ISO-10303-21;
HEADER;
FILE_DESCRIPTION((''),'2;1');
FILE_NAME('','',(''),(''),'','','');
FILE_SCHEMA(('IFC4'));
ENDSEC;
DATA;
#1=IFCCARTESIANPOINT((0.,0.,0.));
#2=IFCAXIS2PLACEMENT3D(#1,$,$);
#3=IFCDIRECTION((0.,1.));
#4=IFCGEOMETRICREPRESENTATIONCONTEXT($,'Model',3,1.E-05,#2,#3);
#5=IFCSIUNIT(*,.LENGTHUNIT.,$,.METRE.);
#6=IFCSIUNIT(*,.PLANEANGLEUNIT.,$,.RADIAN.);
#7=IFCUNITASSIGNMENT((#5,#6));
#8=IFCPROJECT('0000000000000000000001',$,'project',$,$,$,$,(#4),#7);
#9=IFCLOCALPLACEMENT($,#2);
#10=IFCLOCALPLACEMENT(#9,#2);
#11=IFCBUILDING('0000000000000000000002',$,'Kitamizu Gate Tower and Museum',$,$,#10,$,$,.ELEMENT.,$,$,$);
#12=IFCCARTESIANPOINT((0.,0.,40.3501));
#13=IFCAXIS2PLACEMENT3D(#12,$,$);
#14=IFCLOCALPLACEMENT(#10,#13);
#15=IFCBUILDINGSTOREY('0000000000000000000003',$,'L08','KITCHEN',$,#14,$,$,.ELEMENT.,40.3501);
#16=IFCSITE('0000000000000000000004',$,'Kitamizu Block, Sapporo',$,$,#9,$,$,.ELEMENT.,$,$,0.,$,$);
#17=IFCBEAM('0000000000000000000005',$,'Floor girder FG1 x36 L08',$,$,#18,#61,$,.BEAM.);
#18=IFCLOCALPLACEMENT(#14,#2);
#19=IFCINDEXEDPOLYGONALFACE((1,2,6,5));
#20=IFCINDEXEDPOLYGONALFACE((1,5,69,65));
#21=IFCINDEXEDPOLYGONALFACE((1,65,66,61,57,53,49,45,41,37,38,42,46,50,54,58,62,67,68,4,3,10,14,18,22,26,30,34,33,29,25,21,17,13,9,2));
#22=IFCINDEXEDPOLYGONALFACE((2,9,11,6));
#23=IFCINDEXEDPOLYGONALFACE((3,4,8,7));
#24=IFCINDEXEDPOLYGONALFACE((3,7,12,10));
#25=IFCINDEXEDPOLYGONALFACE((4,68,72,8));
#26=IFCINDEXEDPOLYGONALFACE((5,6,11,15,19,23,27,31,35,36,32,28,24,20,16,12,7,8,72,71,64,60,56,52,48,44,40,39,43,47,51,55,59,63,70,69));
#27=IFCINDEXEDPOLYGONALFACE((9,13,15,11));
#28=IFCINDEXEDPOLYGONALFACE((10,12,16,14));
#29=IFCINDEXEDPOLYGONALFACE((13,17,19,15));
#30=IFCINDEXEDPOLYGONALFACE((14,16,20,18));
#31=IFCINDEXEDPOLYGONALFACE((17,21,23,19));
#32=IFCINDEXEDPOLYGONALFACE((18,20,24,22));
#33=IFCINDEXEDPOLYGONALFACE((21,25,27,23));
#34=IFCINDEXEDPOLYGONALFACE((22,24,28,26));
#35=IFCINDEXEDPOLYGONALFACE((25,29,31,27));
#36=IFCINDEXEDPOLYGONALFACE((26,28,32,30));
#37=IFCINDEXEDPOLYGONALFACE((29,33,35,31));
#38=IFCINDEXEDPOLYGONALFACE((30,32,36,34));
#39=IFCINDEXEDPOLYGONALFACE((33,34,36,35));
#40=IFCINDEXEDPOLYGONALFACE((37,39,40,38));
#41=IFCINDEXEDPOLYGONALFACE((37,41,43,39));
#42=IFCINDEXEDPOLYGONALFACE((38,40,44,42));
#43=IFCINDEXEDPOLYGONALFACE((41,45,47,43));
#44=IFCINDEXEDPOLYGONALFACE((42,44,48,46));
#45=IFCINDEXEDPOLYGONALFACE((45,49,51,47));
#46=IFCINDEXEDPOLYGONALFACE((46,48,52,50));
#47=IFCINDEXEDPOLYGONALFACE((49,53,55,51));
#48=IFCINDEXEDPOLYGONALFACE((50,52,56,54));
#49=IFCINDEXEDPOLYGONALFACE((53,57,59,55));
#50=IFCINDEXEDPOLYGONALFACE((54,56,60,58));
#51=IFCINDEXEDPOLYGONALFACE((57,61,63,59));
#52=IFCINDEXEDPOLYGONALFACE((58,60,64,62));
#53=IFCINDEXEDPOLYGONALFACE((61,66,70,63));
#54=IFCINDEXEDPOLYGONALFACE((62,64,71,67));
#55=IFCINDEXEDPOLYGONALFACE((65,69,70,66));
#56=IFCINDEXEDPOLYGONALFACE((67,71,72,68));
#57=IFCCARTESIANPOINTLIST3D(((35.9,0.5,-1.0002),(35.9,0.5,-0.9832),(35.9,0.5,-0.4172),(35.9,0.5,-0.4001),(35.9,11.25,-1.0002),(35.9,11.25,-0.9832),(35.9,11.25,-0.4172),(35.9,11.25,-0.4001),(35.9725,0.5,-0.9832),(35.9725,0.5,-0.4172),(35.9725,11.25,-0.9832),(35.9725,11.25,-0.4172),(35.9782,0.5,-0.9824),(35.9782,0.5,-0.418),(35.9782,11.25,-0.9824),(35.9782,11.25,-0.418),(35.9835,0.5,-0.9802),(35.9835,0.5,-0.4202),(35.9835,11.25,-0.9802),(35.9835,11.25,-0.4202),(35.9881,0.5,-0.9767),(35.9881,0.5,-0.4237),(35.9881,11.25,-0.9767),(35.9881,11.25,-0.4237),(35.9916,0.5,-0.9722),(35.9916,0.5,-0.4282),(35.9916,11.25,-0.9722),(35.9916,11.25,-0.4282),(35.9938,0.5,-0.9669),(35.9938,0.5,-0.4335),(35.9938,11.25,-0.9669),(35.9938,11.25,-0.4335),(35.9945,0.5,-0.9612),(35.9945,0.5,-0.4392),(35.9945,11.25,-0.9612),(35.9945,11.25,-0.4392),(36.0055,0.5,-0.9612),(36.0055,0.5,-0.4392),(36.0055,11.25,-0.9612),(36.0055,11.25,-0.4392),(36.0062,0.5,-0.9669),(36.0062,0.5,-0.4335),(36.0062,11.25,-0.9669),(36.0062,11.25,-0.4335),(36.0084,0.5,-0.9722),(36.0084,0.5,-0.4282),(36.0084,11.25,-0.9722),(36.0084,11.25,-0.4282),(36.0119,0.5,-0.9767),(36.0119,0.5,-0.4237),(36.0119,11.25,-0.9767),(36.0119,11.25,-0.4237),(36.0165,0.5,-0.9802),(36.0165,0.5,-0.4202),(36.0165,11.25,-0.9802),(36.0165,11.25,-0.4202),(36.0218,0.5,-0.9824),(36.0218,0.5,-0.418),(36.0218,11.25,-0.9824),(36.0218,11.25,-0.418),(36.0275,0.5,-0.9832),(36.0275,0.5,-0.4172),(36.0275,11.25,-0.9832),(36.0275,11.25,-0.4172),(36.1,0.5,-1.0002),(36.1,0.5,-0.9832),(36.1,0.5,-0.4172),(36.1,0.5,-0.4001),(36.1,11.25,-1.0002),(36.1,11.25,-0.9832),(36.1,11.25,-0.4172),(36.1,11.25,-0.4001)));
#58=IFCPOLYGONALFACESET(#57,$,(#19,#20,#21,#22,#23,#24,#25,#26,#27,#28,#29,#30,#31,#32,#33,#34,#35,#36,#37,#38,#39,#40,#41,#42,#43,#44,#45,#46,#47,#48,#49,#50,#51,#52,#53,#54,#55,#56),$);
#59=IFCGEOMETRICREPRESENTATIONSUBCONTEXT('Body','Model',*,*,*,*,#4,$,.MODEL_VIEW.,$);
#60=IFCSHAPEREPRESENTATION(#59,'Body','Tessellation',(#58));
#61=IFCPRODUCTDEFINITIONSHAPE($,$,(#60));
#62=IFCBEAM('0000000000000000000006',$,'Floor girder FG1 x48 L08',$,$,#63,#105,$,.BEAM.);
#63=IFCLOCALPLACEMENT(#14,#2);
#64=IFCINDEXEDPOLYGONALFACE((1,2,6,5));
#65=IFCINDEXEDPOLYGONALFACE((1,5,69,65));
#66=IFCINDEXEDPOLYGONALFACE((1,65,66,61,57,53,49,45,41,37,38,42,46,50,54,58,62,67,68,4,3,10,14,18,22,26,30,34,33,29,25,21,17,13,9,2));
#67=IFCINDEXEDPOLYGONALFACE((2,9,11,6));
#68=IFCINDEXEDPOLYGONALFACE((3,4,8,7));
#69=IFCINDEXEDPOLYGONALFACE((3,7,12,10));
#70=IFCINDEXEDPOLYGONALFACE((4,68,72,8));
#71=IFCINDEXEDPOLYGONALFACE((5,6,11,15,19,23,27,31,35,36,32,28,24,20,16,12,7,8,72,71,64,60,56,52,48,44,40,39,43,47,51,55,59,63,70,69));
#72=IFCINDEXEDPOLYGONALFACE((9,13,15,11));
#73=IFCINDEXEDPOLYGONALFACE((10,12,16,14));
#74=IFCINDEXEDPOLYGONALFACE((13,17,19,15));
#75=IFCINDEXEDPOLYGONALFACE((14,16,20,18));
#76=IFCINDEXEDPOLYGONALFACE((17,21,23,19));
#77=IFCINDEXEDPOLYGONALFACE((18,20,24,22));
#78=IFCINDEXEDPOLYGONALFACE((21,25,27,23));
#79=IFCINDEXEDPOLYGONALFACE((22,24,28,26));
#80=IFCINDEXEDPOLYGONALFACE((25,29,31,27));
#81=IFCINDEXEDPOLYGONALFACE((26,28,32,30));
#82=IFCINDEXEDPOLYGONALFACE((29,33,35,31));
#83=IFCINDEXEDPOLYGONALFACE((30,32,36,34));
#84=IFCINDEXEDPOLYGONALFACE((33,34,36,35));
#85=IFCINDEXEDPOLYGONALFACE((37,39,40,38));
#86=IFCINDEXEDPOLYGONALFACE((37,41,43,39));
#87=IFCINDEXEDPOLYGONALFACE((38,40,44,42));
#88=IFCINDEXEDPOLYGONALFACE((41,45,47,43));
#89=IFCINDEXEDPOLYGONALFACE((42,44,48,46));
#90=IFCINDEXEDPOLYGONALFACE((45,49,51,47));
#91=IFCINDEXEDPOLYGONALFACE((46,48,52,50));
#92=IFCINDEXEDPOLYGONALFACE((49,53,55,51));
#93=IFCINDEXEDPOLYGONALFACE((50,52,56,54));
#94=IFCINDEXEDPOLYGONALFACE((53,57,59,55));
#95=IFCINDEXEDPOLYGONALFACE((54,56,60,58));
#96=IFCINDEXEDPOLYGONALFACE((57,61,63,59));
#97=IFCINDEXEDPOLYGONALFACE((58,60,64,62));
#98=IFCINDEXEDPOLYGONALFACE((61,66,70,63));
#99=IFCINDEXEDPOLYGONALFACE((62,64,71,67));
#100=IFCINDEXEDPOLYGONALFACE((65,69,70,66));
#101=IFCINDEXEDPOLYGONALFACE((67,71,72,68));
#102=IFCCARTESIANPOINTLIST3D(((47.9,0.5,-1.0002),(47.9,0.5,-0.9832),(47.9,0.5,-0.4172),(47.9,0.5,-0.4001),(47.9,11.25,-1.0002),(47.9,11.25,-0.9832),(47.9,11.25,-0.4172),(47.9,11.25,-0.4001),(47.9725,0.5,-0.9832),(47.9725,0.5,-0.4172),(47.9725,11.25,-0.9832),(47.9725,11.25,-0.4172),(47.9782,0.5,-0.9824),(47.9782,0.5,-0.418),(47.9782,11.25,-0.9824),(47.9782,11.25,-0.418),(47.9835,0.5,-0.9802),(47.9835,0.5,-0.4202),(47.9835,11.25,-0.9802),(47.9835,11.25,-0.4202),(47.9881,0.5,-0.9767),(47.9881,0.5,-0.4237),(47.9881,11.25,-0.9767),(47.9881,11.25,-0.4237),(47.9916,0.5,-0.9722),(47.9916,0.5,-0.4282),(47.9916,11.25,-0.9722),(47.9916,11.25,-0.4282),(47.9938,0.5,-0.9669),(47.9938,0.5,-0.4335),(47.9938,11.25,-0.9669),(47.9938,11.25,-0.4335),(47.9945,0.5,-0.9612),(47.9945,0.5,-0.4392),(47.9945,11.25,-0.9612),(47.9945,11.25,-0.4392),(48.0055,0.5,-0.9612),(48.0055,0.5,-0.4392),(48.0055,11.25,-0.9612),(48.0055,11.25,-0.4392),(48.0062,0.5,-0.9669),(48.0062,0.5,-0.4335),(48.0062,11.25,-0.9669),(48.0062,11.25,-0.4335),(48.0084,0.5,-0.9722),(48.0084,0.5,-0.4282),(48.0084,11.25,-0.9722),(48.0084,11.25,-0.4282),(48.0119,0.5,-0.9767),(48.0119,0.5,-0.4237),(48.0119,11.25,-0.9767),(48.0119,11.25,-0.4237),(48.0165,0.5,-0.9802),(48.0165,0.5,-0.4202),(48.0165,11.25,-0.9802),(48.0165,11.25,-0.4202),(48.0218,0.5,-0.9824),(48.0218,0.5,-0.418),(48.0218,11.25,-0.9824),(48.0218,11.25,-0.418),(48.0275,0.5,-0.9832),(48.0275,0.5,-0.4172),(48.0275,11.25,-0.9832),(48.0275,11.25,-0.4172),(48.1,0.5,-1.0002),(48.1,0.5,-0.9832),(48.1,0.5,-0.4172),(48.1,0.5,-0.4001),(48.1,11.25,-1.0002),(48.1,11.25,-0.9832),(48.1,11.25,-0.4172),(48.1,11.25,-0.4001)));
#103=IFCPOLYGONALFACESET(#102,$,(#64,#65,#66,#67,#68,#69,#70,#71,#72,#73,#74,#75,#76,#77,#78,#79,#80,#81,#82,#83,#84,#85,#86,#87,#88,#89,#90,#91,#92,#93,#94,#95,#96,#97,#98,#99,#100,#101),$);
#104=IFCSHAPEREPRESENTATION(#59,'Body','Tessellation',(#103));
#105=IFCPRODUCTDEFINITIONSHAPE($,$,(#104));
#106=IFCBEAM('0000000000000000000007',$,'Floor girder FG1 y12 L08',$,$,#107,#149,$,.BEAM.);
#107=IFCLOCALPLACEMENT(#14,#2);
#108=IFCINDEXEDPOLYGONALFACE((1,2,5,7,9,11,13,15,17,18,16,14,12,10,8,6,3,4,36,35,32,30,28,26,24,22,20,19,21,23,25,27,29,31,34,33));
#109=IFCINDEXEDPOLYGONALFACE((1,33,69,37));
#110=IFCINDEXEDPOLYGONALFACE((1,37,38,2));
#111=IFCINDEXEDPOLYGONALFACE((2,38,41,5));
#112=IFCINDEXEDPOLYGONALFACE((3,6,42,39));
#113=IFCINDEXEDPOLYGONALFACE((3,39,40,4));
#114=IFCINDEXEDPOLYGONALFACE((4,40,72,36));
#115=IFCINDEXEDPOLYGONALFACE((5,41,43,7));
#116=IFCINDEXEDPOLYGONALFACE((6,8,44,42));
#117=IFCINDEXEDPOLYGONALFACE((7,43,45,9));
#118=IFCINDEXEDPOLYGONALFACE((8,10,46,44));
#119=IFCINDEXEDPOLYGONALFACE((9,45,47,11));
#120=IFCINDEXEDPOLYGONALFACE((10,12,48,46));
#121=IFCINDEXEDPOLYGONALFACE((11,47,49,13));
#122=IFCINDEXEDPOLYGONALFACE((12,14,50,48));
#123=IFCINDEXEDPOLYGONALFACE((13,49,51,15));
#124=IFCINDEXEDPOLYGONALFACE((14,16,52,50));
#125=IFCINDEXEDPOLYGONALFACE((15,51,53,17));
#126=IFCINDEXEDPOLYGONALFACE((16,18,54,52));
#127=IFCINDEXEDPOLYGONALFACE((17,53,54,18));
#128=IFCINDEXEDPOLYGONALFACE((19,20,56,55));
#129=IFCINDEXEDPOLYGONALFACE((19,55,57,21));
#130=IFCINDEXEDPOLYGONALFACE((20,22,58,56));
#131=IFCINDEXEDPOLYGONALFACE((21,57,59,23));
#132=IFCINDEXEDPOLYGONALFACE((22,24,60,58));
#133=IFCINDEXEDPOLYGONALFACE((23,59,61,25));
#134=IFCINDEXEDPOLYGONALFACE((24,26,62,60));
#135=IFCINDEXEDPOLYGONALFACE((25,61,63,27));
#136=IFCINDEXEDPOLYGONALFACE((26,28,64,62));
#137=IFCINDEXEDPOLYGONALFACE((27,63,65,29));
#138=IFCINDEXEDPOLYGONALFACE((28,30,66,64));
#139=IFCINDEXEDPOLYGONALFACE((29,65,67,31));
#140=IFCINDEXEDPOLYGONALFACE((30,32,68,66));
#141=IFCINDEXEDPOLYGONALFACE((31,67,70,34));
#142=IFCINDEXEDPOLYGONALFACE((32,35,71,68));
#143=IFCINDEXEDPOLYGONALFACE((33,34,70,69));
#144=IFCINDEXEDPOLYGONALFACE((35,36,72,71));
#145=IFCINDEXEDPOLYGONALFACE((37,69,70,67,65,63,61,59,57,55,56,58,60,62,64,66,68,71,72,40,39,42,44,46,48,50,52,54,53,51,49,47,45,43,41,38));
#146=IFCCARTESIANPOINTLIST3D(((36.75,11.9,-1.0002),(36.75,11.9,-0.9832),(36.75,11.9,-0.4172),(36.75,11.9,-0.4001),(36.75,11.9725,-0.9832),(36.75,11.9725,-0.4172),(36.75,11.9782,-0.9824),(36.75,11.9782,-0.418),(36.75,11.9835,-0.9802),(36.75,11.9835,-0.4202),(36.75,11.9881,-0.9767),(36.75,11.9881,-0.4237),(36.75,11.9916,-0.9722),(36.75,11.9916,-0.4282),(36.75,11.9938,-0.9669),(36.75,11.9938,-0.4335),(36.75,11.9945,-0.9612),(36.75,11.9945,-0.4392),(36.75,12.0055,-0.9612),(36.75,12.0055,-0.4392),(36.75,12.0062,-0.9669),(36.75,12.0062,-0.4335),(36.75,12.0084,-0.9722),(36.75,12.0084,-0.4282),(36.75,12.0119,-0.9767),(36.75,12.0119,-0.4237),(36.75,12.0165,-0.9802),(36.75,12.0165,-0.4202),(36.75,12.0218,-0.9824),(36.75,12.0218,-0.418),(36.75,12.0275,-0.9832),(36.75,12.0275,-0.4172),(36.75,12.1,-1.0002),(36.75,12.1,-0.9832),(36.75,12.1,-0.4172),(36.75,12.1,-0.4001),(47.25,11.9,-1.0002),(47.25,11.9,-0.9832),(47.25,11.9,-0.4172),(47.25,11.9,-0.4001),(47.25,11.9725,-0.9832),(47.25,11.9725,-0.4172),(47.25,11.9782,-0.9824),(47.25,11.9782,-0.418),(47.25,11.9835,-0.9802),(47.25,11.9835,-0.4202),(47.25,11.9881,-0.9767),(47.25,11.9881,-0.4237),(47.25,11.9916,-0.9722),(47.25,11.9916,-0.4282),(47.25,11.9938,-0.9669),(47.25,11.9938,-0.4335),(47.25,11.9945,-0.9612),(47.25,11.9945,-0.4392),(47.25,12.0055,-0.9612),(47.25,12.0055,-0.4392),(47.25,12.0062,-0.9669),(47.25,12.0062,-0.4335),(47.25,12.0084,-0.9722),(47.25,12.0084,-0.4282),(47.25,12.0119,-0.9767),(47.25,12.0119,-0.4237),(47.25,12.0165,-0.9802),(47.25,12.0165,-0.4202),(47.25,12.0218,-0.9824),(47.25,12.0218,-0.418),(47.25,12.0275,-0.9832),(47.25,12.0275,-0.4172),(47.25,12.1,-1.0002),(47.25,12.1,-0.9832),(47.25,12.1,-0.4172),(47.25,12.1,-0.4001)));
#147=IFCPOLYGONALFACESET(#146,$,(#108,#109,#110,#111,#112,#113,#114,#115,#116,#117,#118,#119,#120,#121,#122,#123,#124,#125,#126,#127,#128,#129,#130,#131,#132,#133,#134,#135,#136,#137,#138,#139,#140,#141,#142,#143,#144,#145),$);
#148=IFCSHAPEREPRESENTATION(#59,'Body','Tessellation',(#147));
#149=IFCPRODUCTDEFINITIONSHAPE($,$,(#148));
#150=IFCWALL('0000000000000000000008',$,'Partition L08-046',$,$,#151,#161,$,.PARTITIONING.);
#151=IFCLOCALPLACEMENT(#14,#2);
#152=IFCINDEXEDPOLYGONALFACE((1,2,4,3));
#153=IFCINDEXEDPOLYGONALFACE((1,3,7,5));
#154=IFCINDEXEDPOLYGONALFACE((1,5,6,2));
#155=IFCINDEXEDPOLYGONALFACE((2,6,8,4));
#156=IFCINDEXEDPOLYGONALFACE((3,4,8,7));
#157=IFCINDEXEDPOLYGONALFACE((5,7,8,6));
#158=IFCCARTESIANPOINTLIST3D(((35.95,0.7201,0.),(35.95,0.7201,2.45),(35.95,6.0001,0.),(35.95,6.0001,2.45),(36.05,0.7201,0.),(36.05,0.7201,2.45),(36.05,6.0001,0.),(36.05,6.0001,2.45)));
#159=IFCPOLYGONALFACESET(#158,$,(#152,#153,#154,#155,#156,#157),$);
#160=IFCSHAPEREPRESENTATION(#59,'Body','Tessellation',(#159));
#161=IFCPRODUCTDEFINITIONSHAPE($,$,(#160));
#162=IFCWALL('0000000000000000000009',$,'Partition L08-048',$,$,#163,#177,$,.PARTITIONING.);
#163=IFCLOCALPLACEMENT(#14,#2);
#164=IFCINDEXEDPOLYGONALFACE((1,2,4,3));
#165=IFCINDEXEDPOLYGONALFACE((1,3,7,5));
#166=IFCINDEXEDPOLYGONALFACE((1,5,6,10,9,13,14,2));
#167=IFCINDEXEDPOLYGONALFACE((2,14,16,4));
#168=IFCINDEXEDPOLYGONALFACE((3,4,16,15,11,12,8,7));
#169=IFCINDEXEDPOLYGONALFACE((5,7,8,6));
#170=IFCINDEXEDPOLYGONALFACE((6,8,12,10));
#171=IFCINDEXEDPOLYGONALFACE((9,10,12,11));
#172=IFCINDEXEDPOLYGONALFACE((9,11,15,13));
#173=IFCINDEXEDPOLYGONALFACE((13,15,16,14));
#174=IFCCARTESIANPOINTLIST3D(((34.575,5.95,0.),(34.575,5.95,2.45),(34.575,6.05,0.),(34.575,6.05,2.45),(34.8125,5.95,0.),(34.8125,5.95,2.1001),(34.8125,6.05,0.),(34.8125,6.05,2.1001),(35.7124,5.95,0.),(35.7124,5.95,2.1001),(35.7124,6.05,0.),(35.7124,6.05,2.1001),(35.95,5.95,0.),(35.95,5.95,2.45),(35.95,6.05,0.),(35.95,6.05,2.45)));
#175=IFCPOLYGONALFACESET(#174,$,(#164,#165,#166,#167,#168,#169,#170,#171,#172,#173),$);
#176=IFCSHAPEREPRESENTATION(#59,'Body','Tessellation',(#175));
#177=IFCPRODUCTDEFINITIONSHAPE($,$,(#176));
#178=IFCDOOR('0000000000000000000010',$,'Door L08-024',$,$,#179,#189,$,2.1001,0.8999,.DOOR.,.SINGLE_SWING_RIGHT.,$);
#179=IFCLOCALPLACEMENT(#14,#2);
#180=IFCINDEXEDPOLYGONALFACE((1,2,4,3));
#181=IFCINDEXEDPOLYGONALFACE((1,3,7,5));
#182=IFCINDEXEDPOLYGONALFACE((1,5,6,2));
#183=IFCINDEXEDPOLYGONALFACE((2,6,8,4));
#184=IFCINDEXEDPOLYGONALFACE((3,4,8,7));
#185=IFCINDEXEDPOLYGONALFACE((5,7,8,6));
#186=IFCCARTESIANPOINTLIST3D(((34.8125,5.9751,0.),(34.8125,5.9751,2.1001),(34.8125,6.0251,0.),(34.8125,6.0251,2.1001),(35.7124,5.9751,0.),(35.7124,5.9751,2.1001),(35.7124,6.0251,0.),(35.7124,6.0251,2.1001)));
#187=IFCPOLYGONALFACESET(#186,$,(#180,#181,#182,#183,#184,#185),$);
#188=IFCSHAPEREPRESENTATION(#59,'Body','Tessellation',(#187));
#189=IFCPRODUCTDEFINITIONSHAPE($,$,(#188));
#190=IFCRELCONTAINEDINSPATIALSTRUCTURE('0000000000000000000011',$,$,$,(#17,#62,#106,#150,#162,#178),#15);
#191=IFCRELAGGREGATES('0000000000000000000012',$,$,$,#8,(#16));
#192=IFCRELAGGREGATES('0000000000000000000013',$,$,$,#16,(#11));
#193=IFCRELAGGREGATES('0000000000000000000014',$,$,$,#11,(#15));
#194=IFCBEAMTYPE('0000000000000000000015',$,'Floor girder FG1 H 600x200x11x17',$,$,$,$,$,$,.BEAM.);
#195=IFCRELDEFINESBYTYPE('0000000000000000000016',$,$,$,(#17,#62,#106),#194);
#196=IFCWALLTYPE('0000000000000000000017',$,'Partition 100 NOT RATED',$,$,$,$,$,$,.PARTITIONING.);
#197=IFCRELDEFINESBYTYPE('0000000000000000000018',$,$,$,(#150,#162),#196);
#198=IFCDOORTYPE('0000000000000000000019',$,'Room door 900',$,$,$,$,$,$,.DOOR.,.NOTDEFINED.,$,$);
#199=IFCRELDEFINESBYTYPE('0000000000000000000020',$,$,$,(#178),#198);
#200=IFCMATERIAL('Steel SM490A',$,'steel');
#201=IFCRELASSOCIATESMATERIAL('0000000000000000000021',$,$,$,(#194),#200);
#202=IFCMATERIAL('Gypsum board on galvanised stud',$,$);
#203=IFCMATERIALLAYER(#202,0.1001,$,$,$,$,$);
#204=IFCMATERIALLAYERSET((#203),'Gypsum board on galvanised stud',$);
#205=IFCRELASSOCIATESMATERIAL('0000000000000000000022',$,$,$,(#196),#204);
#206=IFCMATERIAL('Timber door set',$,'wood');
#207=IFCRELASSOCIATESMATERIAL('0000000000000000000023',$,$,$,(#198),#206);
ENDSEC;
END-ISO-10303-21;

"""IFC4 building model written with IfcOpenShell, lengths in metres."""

from ifc_helpers import new_model, si_unit, direction, frame, frame_2d, origin, origin_2d, place, context, subcontext, project, spatial, rectangle, i_section, extrude, material, layer, layer_set, material_profile, profile_set, type_object, element, fill, save


model = new_model("IFC4")

# Units and contexts
model_context = context("Model", 3, precision=1e-05, world=origin(), true_north=direction((0.0, 1.0)))
body_context = subcontext(model_context, "Body", "Model", "MODEL_VIEW")
ifc_project = project(units=[si_unit("LENGTHUNIT", "METRE"), si_unit("PLANEANGLEUNIT", "RADIAN")], contexts=[model_context])

# Site, building, storey
site_placement = place(None, origin())
site = spatial("IfcSite", under=ifc_project, at=site_placement, Name="Kitamizu Block, Sapporo", CompositionType="ELEMENT", RefElevation=0.0)
building_placement = place(site_placement, origin())
building = spatial("IfcBuilding", under=site, at=building_placement, Name="Kitamizu Gate Tower and Museum", CompositionType="ELEMENT")
storey_placement = place(building_placement, frame((0.0, 0.0, 40.3501)))
storey = spatial("IfcBuildingStorey", under=building, at=storey_placement, Name="L08", Description="KITCHEN", CompositionType="ELEMENT", Elevation=40.3501)

# Beams
ifc_material_1 = material(Name="Steel SM490A", Category="steel")
ifc_material_profile_1 = material_profile(ifc_material_1, i_section(OverallWidth=0.2, OverallDepth=0.6001, WebThickness=0.011, FlangeThickness=0.0171, FilletRadius=0.022, at=origin_2d()), Name="H-600x200x11x17")
ifc_profile_set_1 = profile_set([ifc_material_profile_1], Name="Steel SM490A")
beam_type_1 = type_object("IfcBeamType", Name="Floor girder FG1 H 600x200x11x17", PredefinedType="BEAM", material=ifc_profile_set_1)
for number, where, z_axis, x_axis, name in (
    (1, (36.0, 0.5, -0.7002), (0.0, 1.0, 0.0), (-1.0, 0.0, 0.0), "Floor girder FG1 x36 L08"),
    (2, (48.0, 0.5, -0.7002), (0.0, 1.0, 0.0), (-1.0, 0.0, 0.0), "Floor girder FG1 x48 L08"),
):
    element("IfcBeam", number, at=place(storey_placement, frame(where, z_axis=z_axis, x_axis=x_axis)), inside=storey, type_object=beam_type_1, Name=name, PredefinedType="BEAM", context=body_context, shape_type="SweptSolid", body=[
        extrude(i_section(OverallWidth=0.2, OverallDepth=0.6001, WebThickness=0.011, FlangeThickness=0.0171, FilletRadius=0.022, at=origin_2d()), origin(), (0.0, 0.0, 1.0), 10.75),
    ])
beam_placement = place(storey_placement, frame((36.75, 12.0, -0.7002), z_axis=(1.0, 0.0, 0.0), x_axis=(0.0, 1.0, 0.0)))
element("IfcBeam", 3, at=beam_placement, inside=storey, type_object=beam_type_1, Name="Floor girder FG1 y12 L08", PredefinedType="BEAM", context=body_context, shape_type="SweptSolid", body=[
    extrude(i_section(OverallWidth=0.2, OverallDepth=0.6001, WebThickness=0.011, FlangeThickness=0.0171, FilletRadius=0.022, at=origin_2d()), origin(), (0.0, 0.0, 1.0), 10.5),
])

# Wall
ifc_material_2 = material(Name="Gypsum board on galvanised stud")
ifc_layer = layer(ifc_material_2, 0.1001)
ifc_layer_set = layer_set([ifc_layer], Name="Gypsum board on galvanised stud")
wall_type = type_object("IfcWallType", Name="Partition 100 NOT RATED", PredefinedType="PARTITIONING", material=ifc_layer_set)
wall_1_placement = place(storey_placement, frame((36.0, 0.72, 0.0), z_axis=(0.0, 0.0, 1.0), x_axis=(0.0, 1.0, 0.0)))
element("IfcWall", 4, at=wall_1_placement, inside=storey, type_object=wall_type, Name="Partition L08-046", PredefinedType="PARTITIONING", context=body_context, shape_type="SweptSolid", body=[
    extrude(rectangle(XDim=5.28, YDim=0.1001, at=frame_2d((2.6401, 0.0))), origin(), (0.0, 0.0, 1.0), 2.45),
])

# Wall, opening, door
wall_2_placement = place(storey_placement, frame((35.95, 6.0, 0.0), z_axis=(0.0, 0.0, 1.0), x_axis=(-1.0, 0.0, 0.0)))
wall_2 = element("IfcWall", 5, at=wall_2_placement, inside=storey, type_object=wall_type, Name="Partition L08-048", PredefinedType="PARTITIONING", context=body_context, shape_type="SweptSolid", body=[
    extrude(rectangle(XDim=1.375, YDim=0.1001, at=frame_2d((0.6875, 0.0))), origin(), (0.0, 0.0, 1.0), 2.45),
])
opening_1_placement = place(wall_2_placement, frame((0.2375, 0.0, 0.0)))
opening_1 = element("IfcOpeningElement", 6, at=opening_1_placement, cuts=wall_2, PredefinedType="OPENING", context=body_context, shape_type="SweptSolid", body=[
    extrude(rectangle(XDim=0.8999, YDim=2.1001, at=frame_2d((0.45, 1.05))), frame((0.0, 0.0601, 0.0), z_axis=(0.0, -1.0, 0.0), x_axis=(1.0, 0.0, 0.0)), (0.0, 0.0, 1.0), 0.1201),
])
ifc_material_3 = material(Name="Timber door set", Category="wood")
door_type = type_object("IfcDoorType", Name="Room door 900", OperationType="NOTDEFINED", PredefinedType="DOOR", material=ifc_material_3)
door_1_placement = place(opening_1_placement, origin())
door_1 = element("IfcDoor", 7, at=door_1_placement, inside=storey, type_object=door_type, Name="Door L08-024", OperationType="SINGLE_SWING_RIGHT", OverallHeight=2.1001, OverallWidth=0.8999, PredefinedType="DOOR", context=body_context, shape_type="SweptSolid", body=[
    extrude(rectangle(XDim=0.8999, YDim=2.1001, at=frame_2d((0.45, 1.05))), frame((0.0, 0.0249, 0.0), z_axis=(0.0, -1.0, 0.0), x_axis=(1.0, 0.0, 0.0)), (0.0, 0.0, 1.0), 0.05),
])
fill(opening_1, door_1)

save(model, "model.ifc")
